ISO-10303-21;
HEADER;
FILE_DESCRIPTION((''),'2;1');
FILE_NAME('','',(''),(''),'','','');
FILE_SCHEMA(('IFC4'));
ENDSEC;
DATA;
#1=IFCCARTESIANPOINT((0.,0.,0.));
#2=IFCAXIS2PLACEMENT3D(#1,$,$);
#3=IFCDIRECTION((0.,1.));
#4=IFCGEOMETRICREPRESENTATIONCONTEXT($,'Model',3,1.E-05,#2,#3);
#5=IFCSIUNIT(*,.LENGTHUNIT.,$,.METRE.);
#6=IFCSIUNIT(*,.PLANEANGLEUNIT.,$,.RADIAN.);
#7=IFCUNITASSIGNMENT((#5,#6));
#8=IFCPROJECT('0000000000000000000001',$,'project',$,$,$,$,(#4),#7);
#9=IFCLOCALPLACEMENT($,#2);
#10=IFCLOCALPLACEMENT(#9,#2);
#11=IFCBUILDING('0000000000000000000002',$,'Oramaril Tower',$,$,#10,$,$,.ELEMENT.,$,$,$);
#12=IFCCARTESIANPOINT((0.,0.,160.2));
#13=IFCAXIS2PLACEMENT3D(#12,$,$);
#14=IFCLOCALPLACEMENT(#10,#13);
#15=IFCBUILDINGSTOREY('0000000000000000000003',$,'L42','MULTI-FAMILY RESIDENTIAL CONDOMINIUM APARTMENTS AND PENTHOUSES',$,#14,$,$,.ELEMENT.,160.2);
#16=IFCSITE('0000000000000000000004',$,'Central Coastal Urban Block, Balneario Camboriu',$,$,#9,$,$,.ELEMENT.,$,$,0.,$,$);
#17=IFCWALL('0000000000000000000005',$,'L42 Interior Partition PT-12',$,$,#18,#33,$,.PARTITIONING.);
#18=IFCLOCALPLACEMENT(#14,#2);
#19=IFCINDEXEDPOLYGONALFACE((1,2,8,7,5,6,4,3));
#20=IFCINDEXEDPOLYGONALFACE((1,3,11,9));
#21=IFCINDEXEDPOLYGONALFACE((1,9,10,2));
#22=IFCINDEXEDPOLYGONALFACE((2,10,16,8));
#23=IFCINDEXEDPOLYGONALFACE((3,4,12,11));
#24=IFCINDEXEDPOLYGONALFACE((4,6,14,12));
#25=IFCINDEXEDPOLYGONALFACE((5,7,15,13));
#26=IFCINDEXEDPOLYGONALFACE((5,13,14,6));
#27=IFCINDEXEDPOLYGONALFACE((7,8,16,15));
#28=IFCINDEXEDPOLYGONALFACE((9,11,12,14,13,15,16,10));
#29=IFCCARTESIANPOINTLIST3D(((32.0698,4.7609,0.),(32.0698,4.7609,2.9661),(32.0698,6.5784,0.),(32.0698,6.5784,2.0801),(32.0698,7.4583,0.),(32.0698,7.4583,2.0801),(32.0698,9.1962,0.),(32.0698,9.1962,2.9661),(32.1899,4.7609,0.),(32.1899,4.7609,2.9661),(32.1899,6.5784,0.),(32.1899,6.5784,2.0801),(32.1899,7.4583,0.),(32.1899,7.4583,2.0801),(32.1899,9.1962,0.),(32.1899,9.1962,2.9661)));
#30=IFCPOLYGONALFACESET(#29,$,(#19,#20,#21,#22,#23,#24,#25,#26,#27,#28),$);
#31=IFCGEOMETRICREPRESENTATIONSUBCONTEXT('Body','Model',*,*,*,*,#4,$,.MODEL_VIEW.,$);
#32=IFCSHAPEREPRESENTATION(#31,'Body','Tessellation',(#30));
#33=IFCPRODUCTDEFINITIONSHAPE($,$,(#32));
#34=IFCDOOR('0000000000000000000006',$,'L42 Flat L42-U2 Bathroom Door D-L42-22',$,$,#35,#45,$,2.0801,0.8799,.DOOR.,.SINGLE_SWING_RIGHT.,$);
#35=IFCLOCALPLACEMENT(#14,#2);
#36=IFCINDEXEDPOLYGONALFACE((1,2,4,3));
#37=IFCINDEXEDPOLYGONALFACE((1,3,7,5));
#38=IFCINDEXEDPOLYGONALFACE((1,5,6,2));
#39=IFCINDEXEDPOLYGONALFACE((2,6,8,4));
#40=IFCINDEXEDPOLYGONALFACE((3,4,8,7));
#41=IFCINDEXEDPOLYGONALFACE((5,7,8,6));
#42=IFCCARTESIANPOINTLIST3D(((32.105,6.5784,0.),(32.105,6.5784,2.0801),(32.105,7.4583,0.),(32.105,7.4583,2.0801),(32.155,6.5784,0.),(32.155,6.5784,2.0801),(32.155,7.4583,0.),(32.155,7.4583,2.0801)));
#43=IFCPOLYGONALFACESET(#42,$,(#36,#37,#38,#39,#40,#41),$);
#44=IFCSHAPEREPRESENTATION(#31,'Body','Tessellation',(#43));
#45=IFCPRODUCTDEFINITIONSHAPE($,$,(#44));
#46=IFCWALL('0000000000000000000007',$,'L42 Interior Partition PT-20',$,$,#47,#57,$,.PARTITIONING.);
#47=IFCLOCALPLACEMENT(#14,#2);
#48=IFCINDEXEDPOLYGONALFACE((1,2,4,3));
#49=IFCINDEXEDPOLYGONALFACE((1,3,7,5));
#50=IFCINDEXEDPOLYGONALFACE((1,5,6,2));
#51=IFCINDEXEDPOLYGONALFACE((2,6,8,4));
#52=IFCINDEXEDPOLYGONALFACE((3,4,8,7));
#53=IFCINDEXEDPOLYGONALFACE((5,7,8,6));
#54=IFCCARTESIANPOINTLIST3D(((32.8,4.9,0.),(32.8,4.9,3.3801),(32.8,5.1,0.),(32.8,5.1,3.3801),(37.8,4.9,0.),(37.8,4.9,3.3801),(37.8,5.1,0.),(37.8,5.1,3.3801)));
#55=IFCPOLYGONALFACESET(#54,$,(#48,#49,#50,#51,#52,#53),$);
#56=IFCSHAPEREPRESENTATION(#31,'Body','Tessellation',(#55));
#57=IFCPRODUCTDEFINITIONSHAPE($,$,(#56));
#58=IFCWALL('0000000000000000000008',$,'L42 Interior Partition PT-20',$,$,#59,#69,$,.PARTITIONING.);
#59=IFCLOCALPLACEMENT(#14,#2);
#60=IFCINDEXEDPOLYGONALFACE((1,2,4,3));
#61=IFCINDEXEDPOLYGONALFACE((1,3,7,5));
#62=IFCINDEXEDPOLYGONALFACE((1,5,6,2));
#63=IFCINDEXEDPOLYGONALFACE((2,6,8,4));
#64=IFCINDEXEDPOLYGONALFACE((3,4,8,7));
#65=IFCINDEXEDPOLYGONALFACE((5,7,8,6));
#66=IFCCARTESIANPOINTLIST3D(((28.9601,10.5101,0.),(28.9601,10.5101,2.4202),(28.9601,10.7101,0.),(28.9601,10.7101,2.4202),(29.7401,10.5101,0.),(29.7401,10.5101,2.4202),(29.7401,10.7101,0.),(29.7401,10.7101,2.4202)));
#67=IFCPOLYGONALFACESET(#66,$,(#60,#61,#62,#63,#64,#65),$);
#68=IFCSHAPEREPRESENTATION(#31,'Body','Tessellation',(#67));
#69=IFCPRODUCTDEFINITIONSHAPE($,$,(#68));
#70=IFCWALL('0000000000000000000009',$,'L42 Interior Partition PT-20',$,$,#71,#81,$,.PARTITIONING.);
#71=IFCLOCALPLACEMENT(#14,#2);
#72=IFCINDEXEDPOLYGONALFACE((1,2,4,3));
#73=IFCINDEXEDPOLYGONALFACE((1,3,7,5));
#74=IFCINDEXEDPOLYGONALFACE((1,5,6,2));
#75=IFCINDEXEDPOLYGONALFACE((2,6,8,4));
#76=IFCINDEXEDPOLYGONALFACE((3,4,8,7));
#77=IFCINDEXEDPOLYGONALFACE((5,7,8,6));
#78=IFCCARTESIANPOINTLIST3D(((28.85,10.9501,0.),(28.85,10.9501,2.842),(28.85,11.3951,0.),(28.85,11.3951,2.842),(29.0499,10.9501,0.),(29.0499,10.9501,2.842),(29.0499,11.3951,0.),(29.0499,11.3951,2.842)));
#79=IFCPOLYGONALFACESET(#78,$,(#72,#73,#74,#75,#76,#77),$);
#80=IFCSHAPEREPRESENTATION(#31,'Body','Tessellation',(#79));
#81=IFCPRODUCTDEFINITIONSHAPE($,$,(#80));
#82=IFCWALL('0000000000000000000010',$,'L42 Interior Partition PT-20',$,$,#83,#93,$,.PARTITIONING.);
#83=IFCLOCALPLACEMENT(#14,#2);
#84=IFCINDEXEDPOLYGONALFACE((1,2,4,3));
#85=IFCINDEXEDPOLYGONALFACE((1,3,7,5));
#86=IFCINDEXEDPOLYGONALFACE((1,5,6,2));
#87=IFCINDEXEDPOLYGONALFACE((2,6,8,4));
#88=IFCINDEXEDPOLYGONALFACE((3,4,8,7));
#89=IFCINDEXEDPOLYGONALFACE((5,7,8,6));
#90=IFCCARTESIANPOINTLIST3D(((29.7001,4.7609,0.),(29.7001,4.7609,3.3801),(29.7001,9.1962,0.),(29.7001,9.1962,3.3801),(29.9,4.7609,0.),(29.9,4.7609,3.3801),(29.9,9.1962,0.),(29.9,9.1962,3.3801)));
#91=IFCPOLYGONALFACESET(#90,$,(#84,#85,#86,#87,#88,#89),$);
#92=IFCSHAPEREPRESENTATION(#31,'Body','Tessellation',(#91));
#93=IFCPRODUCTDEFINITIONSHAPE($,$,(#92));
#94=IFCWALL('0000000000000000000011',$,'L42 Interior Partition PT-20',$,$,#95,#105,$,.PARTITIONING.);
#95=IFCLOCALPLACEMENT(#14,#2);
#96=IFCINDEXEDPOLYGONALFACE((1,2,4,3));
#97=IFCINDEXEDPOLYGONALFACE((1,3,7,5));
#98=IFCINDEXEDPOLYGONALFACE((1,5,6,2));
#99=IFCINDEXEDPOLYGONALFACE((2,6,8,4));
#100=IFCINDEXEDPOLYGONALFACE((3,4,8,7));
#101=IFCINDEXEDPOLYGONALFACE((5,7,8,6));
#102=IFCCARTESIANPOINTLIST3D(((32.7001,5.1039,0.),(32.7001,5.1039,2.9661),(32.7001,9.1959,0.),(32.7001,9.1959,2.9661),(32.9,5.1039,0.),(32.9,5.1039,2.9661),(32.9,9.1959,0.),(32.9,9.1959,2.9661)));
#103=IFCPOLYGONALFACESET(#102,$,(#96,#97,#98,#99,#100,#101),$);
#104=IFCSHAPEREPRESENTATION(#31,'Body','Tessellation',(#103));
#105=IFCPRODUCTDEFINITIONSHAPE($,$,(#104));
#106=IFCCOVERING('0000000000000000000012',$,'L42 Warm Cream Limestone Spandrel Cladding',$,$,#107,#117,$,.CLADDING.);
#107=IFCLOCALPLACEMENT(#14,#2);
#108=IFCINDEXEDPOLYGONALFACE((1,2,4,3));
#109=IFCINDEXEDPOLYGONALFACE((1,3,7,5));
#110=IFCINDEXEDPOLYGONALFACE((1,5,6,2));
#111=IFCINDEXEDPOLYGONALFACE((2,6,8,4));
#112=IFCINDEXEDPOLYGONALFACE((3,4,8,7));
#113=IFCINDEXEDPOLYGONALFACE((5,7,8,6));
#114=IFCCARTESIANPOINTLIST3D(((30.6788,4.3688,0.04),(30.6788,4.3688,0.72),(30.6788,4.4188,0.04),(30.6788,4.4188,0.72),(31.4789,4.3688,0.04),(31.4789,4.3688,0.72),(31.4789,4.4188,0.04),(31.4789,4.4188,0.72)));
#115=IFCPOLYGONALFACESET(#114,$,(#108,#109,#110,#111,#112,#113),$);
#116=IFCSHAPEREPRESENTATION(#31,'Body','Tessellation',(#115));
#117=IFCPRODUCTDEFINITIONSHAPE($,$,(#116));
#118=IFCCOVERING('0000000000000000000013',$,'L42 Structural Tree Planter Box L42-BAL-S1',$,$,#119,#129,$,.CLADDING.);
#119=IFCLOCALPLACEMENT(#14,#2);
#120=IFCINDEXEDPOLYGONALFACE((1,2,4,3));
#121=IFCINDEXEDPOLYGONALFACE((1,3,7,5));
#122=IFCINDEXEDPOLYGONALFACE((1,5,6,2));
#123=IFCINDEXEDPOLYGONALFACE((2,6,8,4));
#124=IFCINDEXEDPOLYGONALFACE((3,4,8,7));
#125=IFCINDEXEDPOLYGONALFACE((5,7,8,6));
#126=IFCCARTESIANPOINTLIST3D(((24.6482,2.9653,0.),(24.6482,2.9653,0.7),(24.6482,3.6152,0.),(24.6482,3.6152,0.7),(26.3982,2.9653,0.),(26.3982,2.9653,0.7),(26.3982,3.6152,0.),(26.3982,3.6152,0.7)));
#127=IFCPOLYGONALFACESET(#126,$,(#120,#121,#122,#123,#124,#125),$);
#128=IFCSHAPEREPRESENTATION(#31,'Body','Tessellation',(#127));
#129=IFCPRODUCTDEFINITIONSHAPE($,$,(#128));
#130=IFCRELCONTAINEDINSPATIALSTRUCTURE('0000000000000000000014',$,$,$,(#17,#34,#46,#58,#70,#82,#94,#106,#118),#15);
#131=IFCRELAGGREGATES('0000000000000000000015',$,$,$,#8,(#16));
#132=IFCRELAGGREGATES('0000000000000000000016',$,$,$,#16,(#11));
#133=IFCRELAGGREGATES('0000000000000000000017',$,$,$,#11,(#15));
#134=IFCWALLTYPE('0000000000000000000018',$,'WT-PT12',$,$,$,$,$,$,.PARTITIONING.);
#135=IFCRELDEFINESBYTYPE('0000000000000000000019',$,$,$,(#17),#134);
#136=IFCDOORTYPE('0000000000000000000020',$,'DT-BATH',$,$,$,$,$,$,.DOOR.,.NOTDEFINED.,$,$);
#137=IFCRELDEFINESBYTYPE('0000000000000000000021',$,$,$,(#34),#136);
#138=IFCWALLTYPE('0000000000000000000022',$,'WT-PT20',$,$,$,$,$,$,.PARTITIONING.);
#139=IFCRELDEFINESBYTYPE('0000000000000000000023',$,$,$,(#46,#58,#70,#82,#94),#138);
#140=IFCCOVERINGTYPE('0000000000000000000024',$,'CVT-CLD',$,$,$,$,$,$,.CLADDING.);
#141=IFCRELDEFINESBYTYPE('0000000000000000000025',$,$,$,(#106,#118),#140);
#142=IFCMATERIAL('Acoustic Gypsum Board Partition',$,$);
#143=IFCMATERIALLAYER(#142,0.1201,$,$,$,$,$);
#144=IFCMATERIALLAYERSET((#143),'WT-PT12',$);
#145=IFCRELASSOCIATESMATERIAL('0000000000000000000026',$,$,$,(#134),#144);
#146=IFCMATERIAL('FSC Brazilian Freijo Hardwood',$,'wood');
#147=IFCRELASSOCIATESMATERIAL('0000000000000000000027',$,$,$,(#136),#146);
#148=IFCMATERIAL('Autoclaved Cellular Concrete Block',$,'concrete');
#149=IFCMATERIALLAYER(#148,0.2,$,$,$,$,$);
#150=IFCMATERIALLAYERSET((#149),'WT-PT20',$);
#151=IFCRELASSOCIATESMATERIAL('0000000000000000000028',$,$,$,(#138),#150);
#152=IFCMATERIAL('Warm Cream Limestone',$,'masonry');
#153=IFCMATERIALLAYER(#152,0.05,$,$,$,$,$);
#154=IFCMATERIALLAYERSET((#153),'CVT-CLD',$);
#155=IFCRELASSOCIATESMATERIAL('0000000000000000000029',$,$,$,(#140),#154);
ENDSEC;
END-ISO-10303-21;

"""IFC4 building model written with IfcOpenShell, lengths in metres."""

from ifc_helpers import new_model, si_unit, direction, frame, frame_2d, origin, origin_2d, place, context, subcontext, project, spatial, rectangle, extrude, material, layer, layer_set, type_object, element, fill, save


model = new_model("IFC4")

# Units and contexts
model_context = context("Model", 3, precision=1e-05, world=origin(), true_north=direction((0.0, 1.0)))
body_context = subcontext(model_context, "Body", "Model", "MODEL_VIEW")
ifc_project = project(units=[si_unit("LENGTHUNIT", "METRE"), si_unit("PLANEANGLEUNIT", "RADIAN")], contexts=[model_context])

# Site, building, storey
site_placement = place(None, origin())
site = spatial("IfcSite", under=ifc_project, at=site_placement, Name="Central Coastal Urban Block, Balneario Camboriu", CompositionType="ELEMENT", RefElevation=0.0)
building_placement = place(site_placement, origin())
building = spatial("IfcBuilding", under=site, at=building_placement, Name="Oramaril Tower", CompositionType="ELEMENT")
storey_placement = place(building_placement, frame((0.0, 0.0, 160.2)))
storey = spatial("IfcBuildingStorey", under=building, at=storey_placement, Name="L42", Description="MULTI-FAMILY RESIDENTIAL CONDOMINIUM APARTMENTS AND PENTHOUSES", CompositionType="ELEMENT", Elevation=160.2)

# Wall, opening, door
ifc_material_1 = material(Name="Acoustic Gypsum Board Partition")
ifc_layer_1 = layer(ifc_material_1, 0.1201)
ifc_layer_set_1 = layer_set([ifc_layer_1], Name="WT-PT12")
wall_type_1 = type_object("IfcWallType", Name="WT-PT12", PredefinedType="PARTITIONING", material=ifc_layer_set_1)
wall_1_placement = place(storey_placement, frame((32.1299, 4.7607, 0.0), z_axis=(0.0, 0.0, 1.0), x_axis=(0.0, 1.0, 0.0)))
wall_1 = element("IfcWall", 1, at=wall_1_placement, inside=storey, type_object=wall_type_1, Name="L42 Interior Partition PT-12", PredefinedType="PARTITIONING", context=body_context, shape_type="SweptSolid", body=[
    extrude(rectangle(XDim=4.4353, YDim=0.1201, at=frame_2d((2.2178, 0.0))), origin(), (0.0, 0.0, 1.0), 2.9661),
])
opening_placement = place(wall_1_placement, frame((1.8176, 0.0, 0.0)))
opening = element("IfcOpeningElement", 2, at=opening_placement, cuts=wall_1, PredefinedType="OPENING", context=body_context, shape_type="SweptSolid", body=[
    extrude(rectangle(XDim=0.8799, YDim=2.0801, at=frame_2d((0.4399, 1.04))), frame((0.0, 0.0601, 0.0), z_axis=(0.0, -1.0, 0.0), x_axis=(1.0, 0.0, 0.0)), (0.0, 0.0, 1.0), 0.1201),
])
ifc_material_2 = material(Name="FSC Brazilian Freijo Hardwood", Category="wood")
door_type = type_object("IfcDoorType", Name="DT-BATH", OperationType="NOTDEFINED", PredefinedType="DOOR", material=ifc_material_2)
door_placement = place(opening_placement, origin())
door = element("IfcDoor", 3, at=door_placement, inside=storey, type_object=door_type, Name="L42 Flat L42-U2 Bathroom Door D-L42-22", OperationType="SINGLE_SWING_RIGHT", OverallHeight=2.0801, OverallWidth=0.8799, PredefinedType="DOOR", context=body_context, shape_type="SweptSolid", body=[
    extrude(rectangle(XDim=0.8799, YDim=2.0801, at=frame_2d((0.4399, 1.04))), frame((0.0, 0.0249, 0.0), z_axis=(0.0, -1.0, 0.0), x_axis=(1.0, 0.0, 0.0)), (0.0, 0.0, 1.0), 0.05),
])
fill(opening, door)

# Walls
ifc_material_3 = material(Name="Autoclaved Cellular Concrete Block", Category="concrete")
ifc_layer_2 = layer(ifc_material_3, 0.2)
ifc_layer_set_2 = layer_set([ifc_layer_2], Name="WT-PT20")
wall_type_2 = type_object("IfcWallType", Name="WT-PT20", PredefinedType="PARTITIONING", material=ifc_layer_set_2)
wall_2_placement = place(storey_placement, frame((32.8, 5.0, 0.0), z_axis=(0.0, 0.0, 1.0), x_axis=(1.0, 0.0, 0.0)))
element("IfcWall", 4, at=wall_2_placement, inside=storey, type_object=wall_type_2, Name="L42 Interior Partition PT-20", PredefinedType="PARTITIONING", context=body_context, shape_type="SweptSolid", body=[
    extrude(rectangle(XDim=5.0, YDim=0.2, at=frame_2d((2.5, 0.0))), origin(), (0.0, 0.0, 1.0), 3.3801),
])
wall_3_placement = place(storey_placement, frame((28.96, 10.6101, 0.0), z_axis=(0.0, 0.0, 1.0), x_axis=(1.0, 0.0, 0.0)))
element("IfcWall", 5, at=wall_3_placement, inside=storey, type_object=wall_type_2, Name="L42 Interior Partition PT-20", PredefinedType="PARTITIONING", context=body_context, shape_type="SweptSolid", body=[
    extrude(rectangle(XDim=0.78, YDim=0.2, at=frame_2d((0.3901, 0.0))), origin(), (0.0, 0.0, 1.0), 2.4202),
])
wall_4_placement = place(storey_placement, frame((28.95, 10.95, 0.0), z_axis=(0.0, 0.0, 1.0), x_axis=(0.0, 1.0, 0.0)))
element("IfcWall", 6, at=wall_4_placement, inside=storey, type_object=wall_type_2, Name="L42 Interior Partition PT-20", PredefinedType="PARTITIONING", context=body_context, shape_type="SweptSolid", body=[
    extrude(rectangle(XDim=0.4451, YDim=0.2, at=frame_2d((0.2227, 0.0))), origin(), (0.0, 0.0, 1.0), 2.842),
])
wall_5_placement = place(storey_placement, frame((29.8, 4.7607, 0.0), z_axis=(0.0, 0.0, 1.0), x_axis=(0.0, 1.0, 0.0)))
element("IfcWall", 7, at=wall_5_placement, inside=storey, type_object=wall_type_2, Name="L42 Interior Partition PT-20", PredefinedType="PARTITIONING", context=body_context, shape_type="SweptSolid", body=[
    extrude(rectangle(XDim=4.4353, YDim=0.2, at=frame_2d((2.2178, 0.0))), origin(), (0.0, 0.0, 1.0), 3.3801),
])
wall_6_placement = place(storey_placement, frame((32.8, 5.104, 0.0), z_axis=(0.0, 0.0, 1.0), x_axis=(0.0, 1.0, 0.0)))
element("IfcWall", 8, at=wall_6_placement, inside=storey, type_object=wall_type_2, Name="L42 Interior Partition PT-20", PredefinedType="PARTITIONING", context=body_context, shape_type="SweptSolid", body=[
    extrude(rectangle(XDim=4.092, YDim=0.2, at=frame_2d((2.0459, 0.0))), origin(), (0.0, 0.0, 1.0), 2.9661),
])

# Coverings
ifc_material_4 = material(Name="Warm Cream Limestone", Category="masonry")
ifc_layer_3 = layer(ifc_material_4, 0.05)
ifc_layer_set_3 = layer_set([ifc_layer_3], Name="CVT-CLD")
covering_type = type_object("IfcCoveringType", Name="CVT-CLD", PredefinedType="CLADDING", material=ifc_layer_set_3)
covering_1_placement = place(storey_placement, frame((31.0789, 4.3938, 0.04), z_axis=(0.0, 0.0, 1.0), x_axis=(1.0, 0.0, 0.0)))
element("IfcCovering", 9, at=covering_1_placement, inside=storey, type_object=covering_type, Name="L42 Warm Cream Limestone Spandrel Cladding", PredefinedType="CLADDING", context=body_context, shape_type="SweptSolid", body=[
    extrude(rectangle(XDim=0.8, YDim=0.05, at=origin_2d()), origin(), (0.0, 0.0, 1.0), 0.6799),
])
covering_2_placement = place(storey_placement, frame((25.5232, 3.2903, 0.0), z_axis=(0.0, 0.0, 1.0), x_axis=(1.0, 0.0, 0.0)))
element("IfcCovering", 10, at=covering_2_placement, inside=storey, type_object=covering_type, Name="L42 Structural Tree Planter Box L42-BAL-S1", PredefinedType="CLADDING", context=body_context, shape_type="SweptSolid", body=[
    extrude(rectangle(XDim=1.75, YDim=0.6499, at=origin_2d()), origin(), (0.0, 0.0, 1.0), 0.7),
])

save(model, "model.ifc")
